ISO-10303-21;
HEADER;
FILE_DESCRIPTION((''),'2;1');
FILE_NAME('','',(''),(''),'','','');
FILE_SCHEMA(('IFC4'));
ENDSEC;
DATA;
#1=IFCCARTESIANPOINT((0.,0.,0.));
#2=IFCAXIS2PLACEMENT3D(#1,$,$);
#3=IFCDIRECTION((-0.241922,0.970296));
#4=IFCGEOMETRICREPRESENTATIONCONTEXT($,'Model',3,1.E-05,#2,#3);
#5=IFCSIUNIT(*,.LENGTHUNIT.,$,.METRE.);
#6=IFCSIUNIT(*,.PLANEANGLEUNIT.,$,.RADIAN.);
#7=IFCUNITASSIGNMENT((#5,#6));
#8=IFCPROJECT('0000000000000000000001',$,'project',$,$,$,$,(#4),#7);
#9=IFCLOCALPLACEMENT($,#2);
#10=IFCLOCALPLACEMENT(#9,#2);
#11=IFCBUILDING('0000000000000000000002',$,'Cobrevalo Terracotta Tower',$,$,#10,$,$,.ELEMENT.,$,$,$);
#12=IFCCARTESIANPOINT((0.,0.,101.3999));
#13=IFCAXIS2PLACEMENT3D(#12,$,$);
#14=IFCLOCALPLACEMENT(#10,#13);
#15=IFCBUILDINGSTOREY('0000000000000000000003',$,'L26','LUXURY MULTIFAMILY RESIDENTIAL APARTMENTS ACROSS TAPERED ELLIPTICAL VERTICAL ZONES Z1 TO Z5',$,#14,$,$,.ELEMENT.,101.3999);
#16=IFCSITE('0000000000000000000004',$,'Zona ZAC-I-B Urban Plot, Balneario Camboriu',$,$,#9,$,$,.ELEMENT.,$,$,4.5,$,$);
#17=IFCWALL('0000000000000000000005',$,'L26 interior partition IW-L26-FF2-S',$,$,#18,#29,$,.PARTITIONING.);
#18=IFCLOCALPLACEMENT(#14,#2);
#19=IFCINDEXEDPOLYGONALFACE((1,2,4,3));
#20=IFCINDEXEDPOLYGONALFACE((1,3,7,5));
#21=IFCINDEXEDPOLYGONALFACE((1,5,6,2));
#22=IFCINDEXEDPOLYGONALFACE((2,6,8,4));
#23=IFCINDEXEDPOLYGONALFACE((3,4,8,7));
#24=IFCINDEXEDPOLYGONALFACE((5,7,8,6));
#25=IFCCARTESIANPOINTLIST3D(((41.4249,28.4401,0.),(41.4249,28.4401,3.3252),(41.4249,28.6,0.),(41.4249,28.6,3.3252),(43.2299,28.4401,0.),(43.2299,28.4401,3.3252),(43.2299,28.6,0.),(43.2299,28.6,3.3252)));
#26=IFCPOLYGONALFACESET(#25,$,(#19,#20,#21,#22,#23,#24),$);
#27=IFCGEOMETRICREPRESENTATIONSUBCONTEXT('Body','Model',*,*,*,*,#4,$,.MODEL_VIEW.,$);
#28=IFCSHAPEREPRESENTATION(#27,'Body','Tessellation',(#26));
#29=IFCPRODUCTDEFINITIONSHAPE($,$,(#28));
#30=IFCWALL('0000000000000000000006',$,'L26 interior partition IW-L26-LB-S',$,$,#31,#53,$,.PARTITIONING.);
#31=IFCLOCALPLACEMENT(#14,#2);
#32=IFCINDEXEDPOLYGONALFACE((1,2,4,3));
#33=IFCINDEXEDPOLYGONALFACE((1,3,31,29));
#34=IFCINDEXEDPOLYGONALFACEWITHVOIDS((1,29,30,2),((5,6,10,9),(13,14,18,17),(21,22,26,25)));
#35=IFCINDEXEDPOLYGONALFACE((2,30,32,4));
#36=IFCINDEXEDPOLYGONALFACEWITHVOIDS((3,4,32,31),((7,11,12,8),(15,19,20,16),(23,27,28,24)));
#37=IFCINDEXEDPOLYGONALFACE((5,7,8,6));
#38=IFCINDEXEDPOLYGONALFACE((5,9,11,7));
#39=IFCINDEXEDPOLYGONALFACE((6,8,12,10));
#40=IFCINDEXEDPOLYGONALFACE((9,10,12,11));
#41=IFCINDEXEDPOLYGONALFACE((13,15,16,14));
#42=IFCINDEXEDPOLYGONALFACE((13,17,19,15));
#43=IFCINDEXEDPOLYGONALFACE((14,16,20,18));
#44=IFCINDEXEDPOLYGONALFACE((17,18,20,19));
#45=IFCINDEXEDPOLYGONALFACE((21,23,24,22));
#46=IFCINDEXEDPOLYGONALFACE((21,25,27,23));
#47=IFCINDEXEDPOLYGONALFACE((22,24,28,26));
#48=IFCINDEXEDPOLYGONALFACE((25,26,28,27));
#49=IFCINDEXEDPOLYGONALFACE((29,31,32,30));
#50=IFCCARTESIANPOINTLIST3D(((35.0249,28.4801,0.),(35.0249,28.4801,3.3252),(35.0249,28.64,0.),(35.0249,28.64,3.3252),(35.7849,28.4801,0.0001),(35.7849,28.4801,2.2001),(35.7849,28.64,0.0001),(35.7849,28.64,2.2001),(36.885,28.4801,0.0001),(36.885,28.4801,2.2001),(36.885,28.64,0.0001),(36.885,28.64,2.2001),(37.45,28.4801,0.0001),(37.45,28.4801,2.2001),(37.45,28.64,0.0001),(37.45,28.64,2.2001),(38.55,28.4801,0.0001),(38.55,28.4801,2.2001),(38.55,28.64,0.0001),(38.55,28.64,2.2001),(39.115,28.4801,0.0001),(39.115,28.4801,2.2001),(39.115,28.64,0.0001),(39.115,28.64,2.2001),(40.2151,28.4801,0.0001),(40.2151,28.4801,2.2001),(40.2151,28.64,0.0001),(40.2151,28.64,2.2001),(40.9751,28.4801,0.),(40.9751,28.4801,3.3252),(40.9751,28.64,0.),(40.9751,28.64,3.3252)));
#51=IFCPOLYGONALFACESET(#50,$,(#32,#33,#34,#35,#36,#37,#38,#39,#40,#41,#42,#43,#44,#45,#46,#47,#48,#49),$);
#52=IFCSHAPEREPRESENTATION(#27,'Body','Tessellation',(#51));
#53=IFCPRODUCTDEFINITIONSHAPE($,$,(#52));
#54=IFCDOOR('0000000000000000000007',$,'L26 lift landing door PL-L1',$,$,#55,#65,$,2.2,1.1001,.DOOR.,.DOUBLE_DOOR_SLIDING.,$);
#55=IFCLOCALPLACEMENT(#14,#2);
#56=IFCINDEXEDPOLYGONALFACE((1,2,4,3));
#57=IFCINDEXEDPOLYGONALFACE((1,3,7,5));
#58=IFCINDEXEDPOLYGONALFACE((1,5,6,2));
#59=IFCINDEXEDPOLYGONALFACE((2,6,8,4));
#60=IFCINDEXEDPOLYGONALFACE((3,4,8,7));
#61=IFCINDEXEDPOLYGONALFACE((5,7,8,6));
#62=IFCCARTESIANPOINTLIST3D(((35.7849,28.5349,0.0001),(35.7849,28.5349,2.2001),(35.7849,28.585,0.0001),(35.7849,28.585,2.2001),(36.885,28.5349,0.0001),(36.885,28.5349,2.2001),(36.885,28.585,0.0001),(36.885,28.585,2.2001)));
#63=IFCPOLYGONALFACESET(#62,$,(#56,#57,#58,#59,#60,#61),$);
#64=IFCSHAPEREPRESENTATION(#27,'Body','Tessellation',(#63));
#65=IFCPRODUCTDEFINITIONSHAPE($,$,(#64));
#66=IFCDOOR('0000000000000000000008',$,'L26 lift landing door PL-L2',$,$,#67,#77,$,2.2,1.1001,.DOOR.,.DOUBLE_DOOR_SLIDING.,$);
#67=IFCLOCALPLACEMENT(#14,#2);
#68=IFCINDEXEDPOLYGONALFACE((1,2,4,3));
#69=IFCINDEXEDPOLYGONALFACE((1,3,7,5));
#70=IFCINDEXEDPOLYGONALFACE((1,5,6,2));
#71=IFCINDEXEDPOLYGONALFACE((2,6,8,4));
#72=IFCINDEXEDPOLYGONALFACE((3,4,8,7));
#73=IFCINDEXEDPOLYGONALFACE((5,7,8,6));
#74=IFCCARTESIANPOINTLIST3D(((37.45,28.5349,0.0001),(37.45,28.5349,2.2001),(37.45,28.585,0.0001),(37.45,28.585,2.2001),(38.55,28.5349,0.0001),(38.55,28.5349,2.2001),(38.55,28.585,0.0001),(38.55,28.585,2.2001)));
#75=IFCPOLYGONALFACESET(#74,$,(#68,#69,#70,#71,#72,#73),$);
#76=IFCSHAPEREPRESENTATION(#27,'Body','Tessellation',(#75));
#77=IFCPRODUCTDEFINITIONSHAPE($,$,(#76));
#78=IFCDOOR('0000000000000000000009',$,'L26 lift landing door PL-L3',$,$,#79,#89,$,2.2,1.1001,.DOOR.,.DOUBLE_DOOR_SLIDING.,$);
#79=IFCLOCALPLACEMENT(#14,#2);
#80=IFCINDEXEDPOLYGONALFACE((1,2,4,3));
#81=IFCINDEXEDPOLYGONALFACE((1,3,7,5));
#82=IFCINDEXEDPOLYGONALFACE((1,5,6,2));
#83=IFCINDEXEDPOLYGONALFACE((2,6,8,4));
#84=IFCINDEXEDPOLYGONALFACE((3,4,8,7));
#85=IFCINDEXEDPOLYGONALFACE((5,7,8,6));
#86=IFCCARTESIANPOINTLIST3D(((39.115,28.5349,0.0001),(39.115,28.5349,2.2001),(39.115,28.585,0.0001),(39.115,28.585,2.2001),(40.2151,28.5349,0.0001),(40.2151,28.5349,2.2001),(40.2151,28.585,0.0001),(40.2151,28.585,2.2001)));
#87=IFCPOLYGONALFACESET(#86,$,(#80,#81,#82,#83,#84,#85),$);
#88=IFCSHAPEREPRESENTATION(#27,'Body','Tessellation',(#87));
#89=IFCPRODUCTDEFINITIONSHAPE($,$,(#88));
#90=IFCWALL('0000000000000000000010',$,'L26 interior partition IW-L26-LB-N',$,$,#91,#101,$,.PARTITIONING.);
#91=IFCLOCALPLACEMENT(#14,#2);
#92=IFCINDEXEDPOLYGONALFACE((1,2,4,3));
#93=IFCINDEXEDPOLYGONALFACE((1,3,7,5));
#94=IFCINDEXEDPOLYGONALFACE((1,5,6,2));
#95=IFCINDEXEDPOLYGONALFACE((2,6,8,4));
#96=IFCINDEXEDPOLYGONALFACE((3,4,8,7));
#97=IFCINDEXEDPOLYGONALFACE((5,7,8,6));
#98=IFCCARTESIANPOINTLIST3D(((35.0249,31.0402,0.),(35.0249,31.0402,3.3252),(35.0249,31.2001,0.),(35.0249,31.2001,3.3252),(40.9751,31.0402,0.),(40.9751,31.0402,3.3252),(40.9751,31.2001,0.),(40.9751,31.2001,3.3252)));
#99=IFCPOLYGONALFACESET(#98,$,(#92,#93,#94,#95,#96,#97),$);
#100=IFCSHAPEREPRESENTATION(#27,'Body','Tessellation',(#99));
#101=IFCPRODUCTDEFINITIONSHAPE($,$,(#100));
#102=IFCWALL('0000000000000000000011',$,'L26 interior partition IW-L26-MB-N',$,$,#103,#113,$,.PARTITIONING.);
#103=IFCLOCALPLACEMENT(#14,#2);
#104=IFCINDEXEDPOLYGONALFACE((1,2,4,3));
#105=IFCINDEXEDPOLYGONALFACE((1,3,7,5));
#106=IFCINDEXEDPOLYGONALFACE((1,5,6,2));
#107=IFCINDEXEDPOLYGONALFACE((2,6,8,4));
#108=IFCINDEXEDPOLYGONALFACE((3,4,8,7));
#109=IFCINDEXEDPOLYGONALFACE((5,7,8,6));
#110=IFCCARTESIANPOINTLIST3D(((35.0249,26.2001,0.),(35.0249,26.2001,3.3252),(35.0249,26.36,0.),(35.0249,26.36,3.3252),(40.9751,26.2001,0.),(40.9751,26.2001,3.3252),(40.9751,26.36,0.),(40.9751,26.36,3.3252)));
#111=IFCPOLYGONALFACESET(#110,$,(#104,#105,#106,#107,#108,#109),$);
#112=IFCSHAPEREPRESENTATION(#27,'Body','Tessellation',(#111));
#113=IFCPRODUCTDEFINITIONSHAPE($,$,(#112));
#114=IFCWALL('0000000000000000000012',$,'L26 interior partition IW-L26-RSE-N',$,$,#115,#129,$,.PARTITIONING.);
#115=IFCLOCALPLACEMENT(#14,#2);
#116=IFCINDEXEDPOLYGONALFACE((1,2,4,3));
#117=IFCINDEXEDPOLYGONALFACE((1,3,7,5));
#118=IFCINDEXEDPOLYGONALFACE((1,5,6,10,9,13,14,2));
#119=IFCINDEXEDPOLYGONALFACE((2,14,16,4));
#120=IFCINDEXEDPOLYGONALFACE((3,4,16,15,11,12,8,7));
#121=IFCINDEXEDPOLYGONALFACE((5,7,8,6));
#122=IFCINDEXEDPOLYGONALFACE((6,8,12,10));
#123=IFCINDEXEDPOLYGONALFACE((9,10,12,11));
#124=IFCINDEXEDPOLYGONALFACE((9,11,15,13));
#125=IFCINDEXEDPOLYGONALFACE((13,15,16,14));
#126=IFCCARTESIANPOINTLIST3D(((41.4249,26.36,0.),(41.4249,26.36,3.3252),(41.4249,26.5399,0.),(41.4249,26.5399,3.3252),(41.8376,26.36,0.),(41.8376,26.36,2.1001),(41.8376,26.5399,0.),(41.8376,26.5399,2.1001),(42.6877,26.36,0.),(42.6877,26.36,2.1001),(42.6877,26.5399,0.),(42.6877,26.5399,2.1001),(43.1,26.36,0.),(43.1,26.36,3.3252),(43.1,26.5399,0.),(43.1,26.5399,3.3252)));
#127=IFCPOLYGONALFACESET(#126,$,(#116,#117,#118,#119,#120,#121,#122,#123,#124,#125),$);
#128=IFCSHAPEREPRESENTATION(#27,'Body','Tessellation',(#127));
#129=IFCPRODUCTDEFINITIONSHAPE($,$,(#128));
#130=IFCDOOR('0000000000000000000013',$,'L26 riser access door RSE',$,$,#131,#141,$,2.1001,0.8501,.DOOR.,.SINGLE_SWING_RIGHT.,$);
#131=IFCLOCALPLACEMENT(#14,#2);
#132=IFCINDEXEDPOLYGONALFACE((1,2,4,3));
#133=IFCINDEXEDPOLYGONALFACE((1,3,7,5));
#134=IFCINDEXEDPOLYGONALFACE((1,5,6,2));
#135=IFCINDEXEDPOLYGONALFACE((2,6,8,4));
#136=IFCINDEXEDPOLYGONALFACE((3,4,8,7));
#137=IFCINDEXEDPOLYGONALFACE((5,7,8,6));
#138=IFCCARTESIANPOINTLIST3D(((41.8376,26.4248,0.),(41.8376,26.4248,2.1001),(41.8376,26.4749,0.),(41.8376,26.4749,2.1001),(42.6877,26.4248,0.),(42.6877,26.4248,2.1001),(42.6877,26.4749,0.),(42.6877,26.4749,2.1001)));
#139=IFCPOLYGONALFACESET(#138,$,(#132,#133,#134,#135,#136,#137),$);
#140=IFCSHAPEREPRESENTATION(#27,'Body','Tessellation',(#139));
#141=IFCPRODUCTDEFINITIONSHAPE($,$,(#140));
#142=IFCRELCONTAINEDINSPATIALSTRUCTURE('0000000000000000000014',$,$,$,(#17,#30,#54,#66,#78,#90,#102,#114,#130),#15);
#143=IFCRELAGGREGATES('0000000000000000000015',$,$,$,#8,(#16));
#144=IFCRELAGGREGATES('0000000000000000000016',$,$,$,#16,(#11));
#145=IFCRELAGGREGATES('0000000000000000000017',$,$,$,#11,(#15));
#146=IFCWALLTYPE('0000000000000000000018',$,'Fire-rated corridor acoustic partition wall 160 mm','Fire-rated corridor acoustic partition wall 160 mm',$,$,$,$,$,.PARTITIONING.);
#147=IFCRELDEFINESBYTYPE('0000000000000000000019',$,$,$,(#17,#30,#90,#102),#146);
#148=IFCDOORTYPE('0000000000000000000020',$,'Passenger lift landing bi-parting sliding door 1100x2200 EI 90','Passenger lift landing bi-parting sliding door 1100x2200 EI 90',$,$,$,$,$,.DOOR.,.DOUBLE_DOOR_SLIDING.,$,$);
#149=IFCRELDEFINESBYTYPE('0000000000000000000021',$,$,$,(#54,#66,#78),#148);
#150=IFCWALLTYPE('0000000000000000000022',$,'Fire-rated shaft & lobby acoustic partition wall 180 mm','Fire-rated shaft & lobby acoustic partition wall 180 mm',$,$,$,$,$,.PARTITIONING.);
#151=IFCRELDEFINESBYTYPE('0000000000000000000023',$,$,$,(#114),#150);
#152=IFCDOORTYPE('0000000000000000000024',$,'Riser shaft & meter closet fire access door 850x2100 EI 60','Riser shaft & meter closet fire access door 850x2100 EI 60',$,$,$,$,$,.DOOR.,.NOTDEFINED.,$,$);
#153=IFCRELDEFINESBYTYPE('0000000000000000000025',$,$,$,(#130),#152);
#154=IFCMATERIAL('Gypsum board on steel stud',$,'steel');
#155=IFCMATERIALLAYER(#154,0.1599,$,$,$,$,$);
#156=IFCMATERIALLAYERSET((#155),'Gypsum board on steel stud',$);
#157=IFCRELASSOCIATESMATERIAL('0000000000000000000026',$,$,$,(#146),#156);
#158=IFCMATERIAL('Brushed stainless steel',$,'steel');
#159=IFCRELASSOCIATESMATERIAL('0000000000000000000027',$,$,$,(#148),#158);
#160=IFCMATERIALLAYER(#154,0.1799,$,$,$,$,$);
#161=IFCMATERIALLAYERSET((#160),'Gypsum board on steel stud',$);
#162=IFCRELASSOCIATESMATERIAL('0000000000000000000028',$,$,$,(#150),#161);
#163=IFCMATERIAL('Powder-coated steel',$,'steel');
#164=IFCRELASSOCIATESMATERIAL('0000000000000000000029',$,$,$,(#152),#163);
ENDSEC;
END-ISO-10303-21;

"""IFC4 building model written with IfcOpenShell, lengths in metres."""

from ifc_helpers import new_model, si_unit, direction, frame, frame_2d, origin, place, context, subcontext, project, spatial, rectangle, extrude, source, transform, mapped, material, layer, layer_set, type_object, element, fill, save


model = new_model("IFC4")

# Units and contexts
model_context = context("Model", 3, precision=1e-05, world=origin(), true_north=direction((-0.241922, 0.970296)))
body_context = subcontext(model_context, "Body", "Model", "MODEL_VIEW")
ifc_project = project(units=[si_unit("LENGTHUNIT", "METRE"), si_unit("PLANEANGLEUNIT", "RADIAN")], contexts=[model_context])

# Site, building, storey
site_placement = place(None, origin())
site = spatial("IfcSite", under=ifc_project, at=site_placement, Name="Zona ZAC-I-B Urban Plot, Balneario Camboriu", CompositionType="ELEMENT", RefElevation=4.5)
building_placement = place(site_placement, origin())
building = spatial("IfcBuilding", under=site, at=building_placement, Name="Cobrevalo Terracotta Tower", CompositionType="ELEMENT")
storey_placement = place(building_placement, frame((0.0, 0.0, 101.3999)))
storey = spatial("IfcBuildingStorey", under=building, at=storey_placement, Name="L26", Description="LUXURY MULTIFAMILY RESIDENTIAL APARTMENTS ACROSS TAPERED ELLIPTICAL VERTICAL ZONES Z1 TO Z5", CompositionType="ELEMENT", Elevation=101.3999)

# Wall
ifc_material_1 = material(Name="Gypsum board on steel stud", Category="steel")
ifc_layer_1 = layer(ifc_material_1, 0.1599)
ifc_layer_set_1 = layer_set([ifc_layer_1], Name="Gypsum board on steel stud")
wall_type_1 = type_object("IfcWallType", Name="Fire-rated corridor acoustic partition wall 160 mm", Description="Fire-rated corridor acoustic partition wall 160 mm", PredefinedType="PARTITIONING", material=ifc_layer_set_1)
wall_1_placement = place(storey_placement, frame((41.425, 28.52, 0.0), z_axis=(0.0, 0.0, 1.0), x_axis=(1.0, 0.0, 0.0)))
element("IfcWall", 1, at=wall_1_placement, inside=storey, type_object=wall_type_1, Name="L26 interior partition IW-L26-FF2-S", PredefinedType="PARTITIONING", context=body_context, shape_type="SweptSolid", body=[
    extrude(rectangle(XDim=1.8049, YDim=0.1599, at=frame_2d((0.9023, 0.0))), origin(), (0.0, 0.0, 1.0), 3.3252),
])

# Wall, openings, doors
wall_2_placement = place(storey_placement, frame((35.0249, 28.5601, 0.0), z_axis=(0.0, 0.0, 1.0), x_axis=(1.0, 0.0, 0.0)))
wall_2 = element("IfcWall", 2, at=wall_2_placement, inside=storey, type_object=wall_type_1, Name="L26 interior partition IW-L26-LB-S", PredefinedType="PARTITIONING", context=body_context, shape_type="SweptSolid", body=[
    extrude(rectangle(XDim=5.9502, YDim=0.1599, at=frame_2d((2.9751, 0.0))), origin(), (0.0, 0.0, 1.0), 3.3252),
])
opening_1_placement = place(wall_2_placement, frame((0.76, 0.0, 0.0)))
opening_1 = element("IfcOpeningElement", 3, at=opening_1_placement, cuts=wall_2, PredefinedType="OPENING", context=body_context, shape_type="SweptSolid", body=[
    extrude(rectangle(XDim=1.1001, YDim=2.2, at=frame_2d((0.55, 1.1001))), frame((0.0, 0.0898, 0.0), z_axis=(0.0, -1.0, 0.0), x_axis=(1.0, 0.0, 0.0)), (0.0, 0.0, 1.0), 0.1799),
])
opening_2_placement = place(wall_2_placement, frame((2.425, 0.0, 0.0)))
opening_2 = element("IfcOpeningElement", 4, at=opening_2_placement, cuts=wall_2, PredefinedType="OPENING", context=body_context, shape_type="SweptSolid", body=[
    extrude(rectangle(XDim=1.1001, YDim=2.2, at=frame_2d((0.55, 1.1001))), frame((0.0, 0.0898, 0.0), z_axis=(0.0, -1.0, 0.0), x_axis=(1.0, 0.0, 0.0)), (0.0, 0.0, 1.0), 0.1799),
])
opening_3_placement = place(wall_2_placement, frame((4.0901, 0.0, 0.0)))
opening_3 = element("IfcOpeningElement", 5, at=opening_3_placement, cuts=wall_2, PredefinedType="OPENING", context=body_context, shape_type="SweptSolid", body=[
    extrude(rectangle(XDim=1.1001, YDim=2.2, at=frame_2d((0.55, 1.1001))), frame((0.0, 0.0898, 0.0), z_axis=(0.0, -1.0, 0.0), x_axis=(1.0, 0.0, 0.0)), (0.0, 0.0, 1.0), 0.1799),
])
ifc_material_2 = material(Name="Brushed stainless steel", Category="steel")
door_type_1 = type_object("IfcDoorType", Name="Passenger lift landing bi-parting sliding door 1100x2200 EI 90", Description="Passenger lift landing bi-parting sliding door 1100x2200 EI 90", OperationType="DOUBLE_DOOR_SLIDING", PredefinedType="DOOR", material=ifc_material_2)
shared_shape_1 = source(origin(), body_context, "Body", "SweptSolid", [
    extrude(rectangle(XDim=1.1001, YDim=2.2, at=frame_2d((0.55, 1.1001))), frame((0.0, 0.0249, 0.0), z_axis=(0.0, -1.0, 0.0), x_axis=(1.0, 0.0, 0.0)), (0.0, 0.0, 1.0), 0.05),
])
door_1_placement = place(opening_1_placement, origin())
door_1 = element("IfcDoor", 6, at=door_1_placement, inside=storey, type_object=door_type_1, Name="L26 lift landing door PL-L1", OperationType="DOUBLE_DOOR_SLIDING", OverallHeight=2.2, OverallWidth=1.1001, PredefinedType="DOOR", context=body_context, shape_type="MappedRepresentation", body=[
    mapped(shared_shape_1, transform((0.0, 0.0, 0.0), scale=1.0)),
])
fill(opening_1, door_1)
door_2_placement = place(opening_2_placement, origin())
door_2 = element("IfcDoor", 7, at=door_2_placement, inside=storey, type_object=door_type_1, Name="L26 lift landing door PL-L2", OperationType="DOUBLE_DOOR_SLIDING", OverallHeight=2.2, OverallWidth=1.1001, PredefinedType="DOOR", context=body_context, shape_type="MappedRepresentation", body=[
    mapped(shared_shape_1, transform((0.0, 0.0, 0.0), scale=1.0)),
])
fill(opening_2, door_2)
door_3_placement = place(opening_3_placement, origin())
door_3 = element("IfcDoor", 8, at=door_3_placement, inside=storey, type_object=door_type_1, Name="L26 lift landing door PL-L3", OperationType="DOUBLE_DOOR_SLIDING", OverallHeight=2.2, OverallWidth=1.1001, PredefinedType="DOOR", context=body_context, shape_type="MappedRepresentation", body=[
    mapped(shared_shape_1, transform((0.0, 0.0, 0.0), scale=1.0)),
])
fill(opening_3, door_3)

# Walls
for number, where, z_axis, x_axis, name in (
    (9, (35.0249, 31.1201, 0.0), (0.0, 0.0, 1.0), (1.0, 0.0, 0.0), "L26 interior partition IW-L26-LB-N"),
    (10, (35.0249, 26.28, 0.0), (0.0, 0.0, 1.0), (1.0, 0.0, 0.0), "L26 interior partition IW-L26-MB-N"),
):
    element("IfcWall", number, at=place(storey_placement, frame(where, z_axis=z_axis, x_axis=x_axis)), inside=storey, type_object=wall_type_1, Name=name, PredefinedType="PARTITIONING", context=body_context, shape_type="SweptSolid", body=[
        extrude(rectangle(XDim=5.9502, YDim=0.1599, at=frame_2d((2.9751, 0.0))), origin(), (0.0, 0.0, 1.0), 3.3252),
    ])

# Wall, opening, door
ifc_layer_2 = layer(ifc_material_1, 0.1799)
ifc_layer_set_2 = layer_set([ifc_layer_2], Name="Gypsum board on steel stud")
wall_type_2 = type_object("IfcWallType", Name="Fire-rated shaft & lobby acoustic partition wall 180 mm", Description="Fire-rated shaft & lobby acoustic partition wall 180 mm", PredefinedType="PARTITIONING", material=ifc_layer_set_2)
wall_3_placement = place(storey_placement, frame((41.425, 26.45, 0.0), z_axis=(0.0, 0.0, 1.0), x_axis=(1.0, 0.0, 0.0)))
wall_3 = element("IfcWall", 11, at=wall_3_placement, inside=storey, type_object=wall_type_2, Name="L26 interior partition IW-L26-RSE-N", PredefinedType="PARTITIONING", context=body_context, shape_type="SweptSolid", body=[
    extrude(rectangle(XDim=1.675, YDim=0.1799, at=frame_2d((0.8374, 0.0))), origin(), (0.0, 0.0, 1.0), 3.3252),
])
opening_4_placement = place(wall_3_placement, frame((0.4126, 0.0, 0.0)))
opening_4 = element("IfcOpeningElement", 12, at=opening_4_placement, cuts=wall_3, PredefinedType="OPENING", context=body_context, shape_type="SweptSolid", body=[
    extrude(rectangle(XDim=0.8501, YDim=2.1001, at=frame_2d((0.425, 1.05))), frame((0.0, 0.1001, 0.0), z_axis=(0.0, -1.0, 0.0), x_axis=(1.0, 0.0, 0.0)), (0.0, 0.0, 1.0), 0.2),
])
ifc_material_3 = material(Name="Powder-coated steel", Category="steel")
door_type_2 = type_object("IfcDoorType", Name="Riser shaft & meter closet fire access door 850x2100 EI 60", Description="Riser shaft & meter closet fire access door 850x2100 EI 60", OperationType="NOTDEFINED", PredefinedType="DOOR", material=ifc_material_3)
shared_shape_2 = source(origin(), body_context, "Body", "SweptSolid", [
    extrude(rectangle(XDim=0.8501, YDim=2.1001, at=frame_2d((0.425, 1.05))), frame((0.0, 0.0249, 0.0), z_axis=(0.0, -1.0, 0.0), x_axis=(1.0, 0.0, 0.0)), (0.0, 0.0, 1.0), 0.05),
])
door_4_placement = place(opening_4_placement, origin())
door_4 = element("IfcDoor", 13, at=door_4_placement, inside=storey, type_object=door_type_2, Name="L26 riser access door RSE", OperationType="SINGLE_SWING_RIGHT", OverallHeight=2.1001, OverallWidth=0.8501, PredefinedType="DOOR", context=body_context, shape_type="MappedRepresentation", body=[
    mapped(shared_shape_2, transform((0.0, 0.0, 0.0), scale=1.0)),
])
fill(opening_4, door_4)

save(model, "model.ifc")
